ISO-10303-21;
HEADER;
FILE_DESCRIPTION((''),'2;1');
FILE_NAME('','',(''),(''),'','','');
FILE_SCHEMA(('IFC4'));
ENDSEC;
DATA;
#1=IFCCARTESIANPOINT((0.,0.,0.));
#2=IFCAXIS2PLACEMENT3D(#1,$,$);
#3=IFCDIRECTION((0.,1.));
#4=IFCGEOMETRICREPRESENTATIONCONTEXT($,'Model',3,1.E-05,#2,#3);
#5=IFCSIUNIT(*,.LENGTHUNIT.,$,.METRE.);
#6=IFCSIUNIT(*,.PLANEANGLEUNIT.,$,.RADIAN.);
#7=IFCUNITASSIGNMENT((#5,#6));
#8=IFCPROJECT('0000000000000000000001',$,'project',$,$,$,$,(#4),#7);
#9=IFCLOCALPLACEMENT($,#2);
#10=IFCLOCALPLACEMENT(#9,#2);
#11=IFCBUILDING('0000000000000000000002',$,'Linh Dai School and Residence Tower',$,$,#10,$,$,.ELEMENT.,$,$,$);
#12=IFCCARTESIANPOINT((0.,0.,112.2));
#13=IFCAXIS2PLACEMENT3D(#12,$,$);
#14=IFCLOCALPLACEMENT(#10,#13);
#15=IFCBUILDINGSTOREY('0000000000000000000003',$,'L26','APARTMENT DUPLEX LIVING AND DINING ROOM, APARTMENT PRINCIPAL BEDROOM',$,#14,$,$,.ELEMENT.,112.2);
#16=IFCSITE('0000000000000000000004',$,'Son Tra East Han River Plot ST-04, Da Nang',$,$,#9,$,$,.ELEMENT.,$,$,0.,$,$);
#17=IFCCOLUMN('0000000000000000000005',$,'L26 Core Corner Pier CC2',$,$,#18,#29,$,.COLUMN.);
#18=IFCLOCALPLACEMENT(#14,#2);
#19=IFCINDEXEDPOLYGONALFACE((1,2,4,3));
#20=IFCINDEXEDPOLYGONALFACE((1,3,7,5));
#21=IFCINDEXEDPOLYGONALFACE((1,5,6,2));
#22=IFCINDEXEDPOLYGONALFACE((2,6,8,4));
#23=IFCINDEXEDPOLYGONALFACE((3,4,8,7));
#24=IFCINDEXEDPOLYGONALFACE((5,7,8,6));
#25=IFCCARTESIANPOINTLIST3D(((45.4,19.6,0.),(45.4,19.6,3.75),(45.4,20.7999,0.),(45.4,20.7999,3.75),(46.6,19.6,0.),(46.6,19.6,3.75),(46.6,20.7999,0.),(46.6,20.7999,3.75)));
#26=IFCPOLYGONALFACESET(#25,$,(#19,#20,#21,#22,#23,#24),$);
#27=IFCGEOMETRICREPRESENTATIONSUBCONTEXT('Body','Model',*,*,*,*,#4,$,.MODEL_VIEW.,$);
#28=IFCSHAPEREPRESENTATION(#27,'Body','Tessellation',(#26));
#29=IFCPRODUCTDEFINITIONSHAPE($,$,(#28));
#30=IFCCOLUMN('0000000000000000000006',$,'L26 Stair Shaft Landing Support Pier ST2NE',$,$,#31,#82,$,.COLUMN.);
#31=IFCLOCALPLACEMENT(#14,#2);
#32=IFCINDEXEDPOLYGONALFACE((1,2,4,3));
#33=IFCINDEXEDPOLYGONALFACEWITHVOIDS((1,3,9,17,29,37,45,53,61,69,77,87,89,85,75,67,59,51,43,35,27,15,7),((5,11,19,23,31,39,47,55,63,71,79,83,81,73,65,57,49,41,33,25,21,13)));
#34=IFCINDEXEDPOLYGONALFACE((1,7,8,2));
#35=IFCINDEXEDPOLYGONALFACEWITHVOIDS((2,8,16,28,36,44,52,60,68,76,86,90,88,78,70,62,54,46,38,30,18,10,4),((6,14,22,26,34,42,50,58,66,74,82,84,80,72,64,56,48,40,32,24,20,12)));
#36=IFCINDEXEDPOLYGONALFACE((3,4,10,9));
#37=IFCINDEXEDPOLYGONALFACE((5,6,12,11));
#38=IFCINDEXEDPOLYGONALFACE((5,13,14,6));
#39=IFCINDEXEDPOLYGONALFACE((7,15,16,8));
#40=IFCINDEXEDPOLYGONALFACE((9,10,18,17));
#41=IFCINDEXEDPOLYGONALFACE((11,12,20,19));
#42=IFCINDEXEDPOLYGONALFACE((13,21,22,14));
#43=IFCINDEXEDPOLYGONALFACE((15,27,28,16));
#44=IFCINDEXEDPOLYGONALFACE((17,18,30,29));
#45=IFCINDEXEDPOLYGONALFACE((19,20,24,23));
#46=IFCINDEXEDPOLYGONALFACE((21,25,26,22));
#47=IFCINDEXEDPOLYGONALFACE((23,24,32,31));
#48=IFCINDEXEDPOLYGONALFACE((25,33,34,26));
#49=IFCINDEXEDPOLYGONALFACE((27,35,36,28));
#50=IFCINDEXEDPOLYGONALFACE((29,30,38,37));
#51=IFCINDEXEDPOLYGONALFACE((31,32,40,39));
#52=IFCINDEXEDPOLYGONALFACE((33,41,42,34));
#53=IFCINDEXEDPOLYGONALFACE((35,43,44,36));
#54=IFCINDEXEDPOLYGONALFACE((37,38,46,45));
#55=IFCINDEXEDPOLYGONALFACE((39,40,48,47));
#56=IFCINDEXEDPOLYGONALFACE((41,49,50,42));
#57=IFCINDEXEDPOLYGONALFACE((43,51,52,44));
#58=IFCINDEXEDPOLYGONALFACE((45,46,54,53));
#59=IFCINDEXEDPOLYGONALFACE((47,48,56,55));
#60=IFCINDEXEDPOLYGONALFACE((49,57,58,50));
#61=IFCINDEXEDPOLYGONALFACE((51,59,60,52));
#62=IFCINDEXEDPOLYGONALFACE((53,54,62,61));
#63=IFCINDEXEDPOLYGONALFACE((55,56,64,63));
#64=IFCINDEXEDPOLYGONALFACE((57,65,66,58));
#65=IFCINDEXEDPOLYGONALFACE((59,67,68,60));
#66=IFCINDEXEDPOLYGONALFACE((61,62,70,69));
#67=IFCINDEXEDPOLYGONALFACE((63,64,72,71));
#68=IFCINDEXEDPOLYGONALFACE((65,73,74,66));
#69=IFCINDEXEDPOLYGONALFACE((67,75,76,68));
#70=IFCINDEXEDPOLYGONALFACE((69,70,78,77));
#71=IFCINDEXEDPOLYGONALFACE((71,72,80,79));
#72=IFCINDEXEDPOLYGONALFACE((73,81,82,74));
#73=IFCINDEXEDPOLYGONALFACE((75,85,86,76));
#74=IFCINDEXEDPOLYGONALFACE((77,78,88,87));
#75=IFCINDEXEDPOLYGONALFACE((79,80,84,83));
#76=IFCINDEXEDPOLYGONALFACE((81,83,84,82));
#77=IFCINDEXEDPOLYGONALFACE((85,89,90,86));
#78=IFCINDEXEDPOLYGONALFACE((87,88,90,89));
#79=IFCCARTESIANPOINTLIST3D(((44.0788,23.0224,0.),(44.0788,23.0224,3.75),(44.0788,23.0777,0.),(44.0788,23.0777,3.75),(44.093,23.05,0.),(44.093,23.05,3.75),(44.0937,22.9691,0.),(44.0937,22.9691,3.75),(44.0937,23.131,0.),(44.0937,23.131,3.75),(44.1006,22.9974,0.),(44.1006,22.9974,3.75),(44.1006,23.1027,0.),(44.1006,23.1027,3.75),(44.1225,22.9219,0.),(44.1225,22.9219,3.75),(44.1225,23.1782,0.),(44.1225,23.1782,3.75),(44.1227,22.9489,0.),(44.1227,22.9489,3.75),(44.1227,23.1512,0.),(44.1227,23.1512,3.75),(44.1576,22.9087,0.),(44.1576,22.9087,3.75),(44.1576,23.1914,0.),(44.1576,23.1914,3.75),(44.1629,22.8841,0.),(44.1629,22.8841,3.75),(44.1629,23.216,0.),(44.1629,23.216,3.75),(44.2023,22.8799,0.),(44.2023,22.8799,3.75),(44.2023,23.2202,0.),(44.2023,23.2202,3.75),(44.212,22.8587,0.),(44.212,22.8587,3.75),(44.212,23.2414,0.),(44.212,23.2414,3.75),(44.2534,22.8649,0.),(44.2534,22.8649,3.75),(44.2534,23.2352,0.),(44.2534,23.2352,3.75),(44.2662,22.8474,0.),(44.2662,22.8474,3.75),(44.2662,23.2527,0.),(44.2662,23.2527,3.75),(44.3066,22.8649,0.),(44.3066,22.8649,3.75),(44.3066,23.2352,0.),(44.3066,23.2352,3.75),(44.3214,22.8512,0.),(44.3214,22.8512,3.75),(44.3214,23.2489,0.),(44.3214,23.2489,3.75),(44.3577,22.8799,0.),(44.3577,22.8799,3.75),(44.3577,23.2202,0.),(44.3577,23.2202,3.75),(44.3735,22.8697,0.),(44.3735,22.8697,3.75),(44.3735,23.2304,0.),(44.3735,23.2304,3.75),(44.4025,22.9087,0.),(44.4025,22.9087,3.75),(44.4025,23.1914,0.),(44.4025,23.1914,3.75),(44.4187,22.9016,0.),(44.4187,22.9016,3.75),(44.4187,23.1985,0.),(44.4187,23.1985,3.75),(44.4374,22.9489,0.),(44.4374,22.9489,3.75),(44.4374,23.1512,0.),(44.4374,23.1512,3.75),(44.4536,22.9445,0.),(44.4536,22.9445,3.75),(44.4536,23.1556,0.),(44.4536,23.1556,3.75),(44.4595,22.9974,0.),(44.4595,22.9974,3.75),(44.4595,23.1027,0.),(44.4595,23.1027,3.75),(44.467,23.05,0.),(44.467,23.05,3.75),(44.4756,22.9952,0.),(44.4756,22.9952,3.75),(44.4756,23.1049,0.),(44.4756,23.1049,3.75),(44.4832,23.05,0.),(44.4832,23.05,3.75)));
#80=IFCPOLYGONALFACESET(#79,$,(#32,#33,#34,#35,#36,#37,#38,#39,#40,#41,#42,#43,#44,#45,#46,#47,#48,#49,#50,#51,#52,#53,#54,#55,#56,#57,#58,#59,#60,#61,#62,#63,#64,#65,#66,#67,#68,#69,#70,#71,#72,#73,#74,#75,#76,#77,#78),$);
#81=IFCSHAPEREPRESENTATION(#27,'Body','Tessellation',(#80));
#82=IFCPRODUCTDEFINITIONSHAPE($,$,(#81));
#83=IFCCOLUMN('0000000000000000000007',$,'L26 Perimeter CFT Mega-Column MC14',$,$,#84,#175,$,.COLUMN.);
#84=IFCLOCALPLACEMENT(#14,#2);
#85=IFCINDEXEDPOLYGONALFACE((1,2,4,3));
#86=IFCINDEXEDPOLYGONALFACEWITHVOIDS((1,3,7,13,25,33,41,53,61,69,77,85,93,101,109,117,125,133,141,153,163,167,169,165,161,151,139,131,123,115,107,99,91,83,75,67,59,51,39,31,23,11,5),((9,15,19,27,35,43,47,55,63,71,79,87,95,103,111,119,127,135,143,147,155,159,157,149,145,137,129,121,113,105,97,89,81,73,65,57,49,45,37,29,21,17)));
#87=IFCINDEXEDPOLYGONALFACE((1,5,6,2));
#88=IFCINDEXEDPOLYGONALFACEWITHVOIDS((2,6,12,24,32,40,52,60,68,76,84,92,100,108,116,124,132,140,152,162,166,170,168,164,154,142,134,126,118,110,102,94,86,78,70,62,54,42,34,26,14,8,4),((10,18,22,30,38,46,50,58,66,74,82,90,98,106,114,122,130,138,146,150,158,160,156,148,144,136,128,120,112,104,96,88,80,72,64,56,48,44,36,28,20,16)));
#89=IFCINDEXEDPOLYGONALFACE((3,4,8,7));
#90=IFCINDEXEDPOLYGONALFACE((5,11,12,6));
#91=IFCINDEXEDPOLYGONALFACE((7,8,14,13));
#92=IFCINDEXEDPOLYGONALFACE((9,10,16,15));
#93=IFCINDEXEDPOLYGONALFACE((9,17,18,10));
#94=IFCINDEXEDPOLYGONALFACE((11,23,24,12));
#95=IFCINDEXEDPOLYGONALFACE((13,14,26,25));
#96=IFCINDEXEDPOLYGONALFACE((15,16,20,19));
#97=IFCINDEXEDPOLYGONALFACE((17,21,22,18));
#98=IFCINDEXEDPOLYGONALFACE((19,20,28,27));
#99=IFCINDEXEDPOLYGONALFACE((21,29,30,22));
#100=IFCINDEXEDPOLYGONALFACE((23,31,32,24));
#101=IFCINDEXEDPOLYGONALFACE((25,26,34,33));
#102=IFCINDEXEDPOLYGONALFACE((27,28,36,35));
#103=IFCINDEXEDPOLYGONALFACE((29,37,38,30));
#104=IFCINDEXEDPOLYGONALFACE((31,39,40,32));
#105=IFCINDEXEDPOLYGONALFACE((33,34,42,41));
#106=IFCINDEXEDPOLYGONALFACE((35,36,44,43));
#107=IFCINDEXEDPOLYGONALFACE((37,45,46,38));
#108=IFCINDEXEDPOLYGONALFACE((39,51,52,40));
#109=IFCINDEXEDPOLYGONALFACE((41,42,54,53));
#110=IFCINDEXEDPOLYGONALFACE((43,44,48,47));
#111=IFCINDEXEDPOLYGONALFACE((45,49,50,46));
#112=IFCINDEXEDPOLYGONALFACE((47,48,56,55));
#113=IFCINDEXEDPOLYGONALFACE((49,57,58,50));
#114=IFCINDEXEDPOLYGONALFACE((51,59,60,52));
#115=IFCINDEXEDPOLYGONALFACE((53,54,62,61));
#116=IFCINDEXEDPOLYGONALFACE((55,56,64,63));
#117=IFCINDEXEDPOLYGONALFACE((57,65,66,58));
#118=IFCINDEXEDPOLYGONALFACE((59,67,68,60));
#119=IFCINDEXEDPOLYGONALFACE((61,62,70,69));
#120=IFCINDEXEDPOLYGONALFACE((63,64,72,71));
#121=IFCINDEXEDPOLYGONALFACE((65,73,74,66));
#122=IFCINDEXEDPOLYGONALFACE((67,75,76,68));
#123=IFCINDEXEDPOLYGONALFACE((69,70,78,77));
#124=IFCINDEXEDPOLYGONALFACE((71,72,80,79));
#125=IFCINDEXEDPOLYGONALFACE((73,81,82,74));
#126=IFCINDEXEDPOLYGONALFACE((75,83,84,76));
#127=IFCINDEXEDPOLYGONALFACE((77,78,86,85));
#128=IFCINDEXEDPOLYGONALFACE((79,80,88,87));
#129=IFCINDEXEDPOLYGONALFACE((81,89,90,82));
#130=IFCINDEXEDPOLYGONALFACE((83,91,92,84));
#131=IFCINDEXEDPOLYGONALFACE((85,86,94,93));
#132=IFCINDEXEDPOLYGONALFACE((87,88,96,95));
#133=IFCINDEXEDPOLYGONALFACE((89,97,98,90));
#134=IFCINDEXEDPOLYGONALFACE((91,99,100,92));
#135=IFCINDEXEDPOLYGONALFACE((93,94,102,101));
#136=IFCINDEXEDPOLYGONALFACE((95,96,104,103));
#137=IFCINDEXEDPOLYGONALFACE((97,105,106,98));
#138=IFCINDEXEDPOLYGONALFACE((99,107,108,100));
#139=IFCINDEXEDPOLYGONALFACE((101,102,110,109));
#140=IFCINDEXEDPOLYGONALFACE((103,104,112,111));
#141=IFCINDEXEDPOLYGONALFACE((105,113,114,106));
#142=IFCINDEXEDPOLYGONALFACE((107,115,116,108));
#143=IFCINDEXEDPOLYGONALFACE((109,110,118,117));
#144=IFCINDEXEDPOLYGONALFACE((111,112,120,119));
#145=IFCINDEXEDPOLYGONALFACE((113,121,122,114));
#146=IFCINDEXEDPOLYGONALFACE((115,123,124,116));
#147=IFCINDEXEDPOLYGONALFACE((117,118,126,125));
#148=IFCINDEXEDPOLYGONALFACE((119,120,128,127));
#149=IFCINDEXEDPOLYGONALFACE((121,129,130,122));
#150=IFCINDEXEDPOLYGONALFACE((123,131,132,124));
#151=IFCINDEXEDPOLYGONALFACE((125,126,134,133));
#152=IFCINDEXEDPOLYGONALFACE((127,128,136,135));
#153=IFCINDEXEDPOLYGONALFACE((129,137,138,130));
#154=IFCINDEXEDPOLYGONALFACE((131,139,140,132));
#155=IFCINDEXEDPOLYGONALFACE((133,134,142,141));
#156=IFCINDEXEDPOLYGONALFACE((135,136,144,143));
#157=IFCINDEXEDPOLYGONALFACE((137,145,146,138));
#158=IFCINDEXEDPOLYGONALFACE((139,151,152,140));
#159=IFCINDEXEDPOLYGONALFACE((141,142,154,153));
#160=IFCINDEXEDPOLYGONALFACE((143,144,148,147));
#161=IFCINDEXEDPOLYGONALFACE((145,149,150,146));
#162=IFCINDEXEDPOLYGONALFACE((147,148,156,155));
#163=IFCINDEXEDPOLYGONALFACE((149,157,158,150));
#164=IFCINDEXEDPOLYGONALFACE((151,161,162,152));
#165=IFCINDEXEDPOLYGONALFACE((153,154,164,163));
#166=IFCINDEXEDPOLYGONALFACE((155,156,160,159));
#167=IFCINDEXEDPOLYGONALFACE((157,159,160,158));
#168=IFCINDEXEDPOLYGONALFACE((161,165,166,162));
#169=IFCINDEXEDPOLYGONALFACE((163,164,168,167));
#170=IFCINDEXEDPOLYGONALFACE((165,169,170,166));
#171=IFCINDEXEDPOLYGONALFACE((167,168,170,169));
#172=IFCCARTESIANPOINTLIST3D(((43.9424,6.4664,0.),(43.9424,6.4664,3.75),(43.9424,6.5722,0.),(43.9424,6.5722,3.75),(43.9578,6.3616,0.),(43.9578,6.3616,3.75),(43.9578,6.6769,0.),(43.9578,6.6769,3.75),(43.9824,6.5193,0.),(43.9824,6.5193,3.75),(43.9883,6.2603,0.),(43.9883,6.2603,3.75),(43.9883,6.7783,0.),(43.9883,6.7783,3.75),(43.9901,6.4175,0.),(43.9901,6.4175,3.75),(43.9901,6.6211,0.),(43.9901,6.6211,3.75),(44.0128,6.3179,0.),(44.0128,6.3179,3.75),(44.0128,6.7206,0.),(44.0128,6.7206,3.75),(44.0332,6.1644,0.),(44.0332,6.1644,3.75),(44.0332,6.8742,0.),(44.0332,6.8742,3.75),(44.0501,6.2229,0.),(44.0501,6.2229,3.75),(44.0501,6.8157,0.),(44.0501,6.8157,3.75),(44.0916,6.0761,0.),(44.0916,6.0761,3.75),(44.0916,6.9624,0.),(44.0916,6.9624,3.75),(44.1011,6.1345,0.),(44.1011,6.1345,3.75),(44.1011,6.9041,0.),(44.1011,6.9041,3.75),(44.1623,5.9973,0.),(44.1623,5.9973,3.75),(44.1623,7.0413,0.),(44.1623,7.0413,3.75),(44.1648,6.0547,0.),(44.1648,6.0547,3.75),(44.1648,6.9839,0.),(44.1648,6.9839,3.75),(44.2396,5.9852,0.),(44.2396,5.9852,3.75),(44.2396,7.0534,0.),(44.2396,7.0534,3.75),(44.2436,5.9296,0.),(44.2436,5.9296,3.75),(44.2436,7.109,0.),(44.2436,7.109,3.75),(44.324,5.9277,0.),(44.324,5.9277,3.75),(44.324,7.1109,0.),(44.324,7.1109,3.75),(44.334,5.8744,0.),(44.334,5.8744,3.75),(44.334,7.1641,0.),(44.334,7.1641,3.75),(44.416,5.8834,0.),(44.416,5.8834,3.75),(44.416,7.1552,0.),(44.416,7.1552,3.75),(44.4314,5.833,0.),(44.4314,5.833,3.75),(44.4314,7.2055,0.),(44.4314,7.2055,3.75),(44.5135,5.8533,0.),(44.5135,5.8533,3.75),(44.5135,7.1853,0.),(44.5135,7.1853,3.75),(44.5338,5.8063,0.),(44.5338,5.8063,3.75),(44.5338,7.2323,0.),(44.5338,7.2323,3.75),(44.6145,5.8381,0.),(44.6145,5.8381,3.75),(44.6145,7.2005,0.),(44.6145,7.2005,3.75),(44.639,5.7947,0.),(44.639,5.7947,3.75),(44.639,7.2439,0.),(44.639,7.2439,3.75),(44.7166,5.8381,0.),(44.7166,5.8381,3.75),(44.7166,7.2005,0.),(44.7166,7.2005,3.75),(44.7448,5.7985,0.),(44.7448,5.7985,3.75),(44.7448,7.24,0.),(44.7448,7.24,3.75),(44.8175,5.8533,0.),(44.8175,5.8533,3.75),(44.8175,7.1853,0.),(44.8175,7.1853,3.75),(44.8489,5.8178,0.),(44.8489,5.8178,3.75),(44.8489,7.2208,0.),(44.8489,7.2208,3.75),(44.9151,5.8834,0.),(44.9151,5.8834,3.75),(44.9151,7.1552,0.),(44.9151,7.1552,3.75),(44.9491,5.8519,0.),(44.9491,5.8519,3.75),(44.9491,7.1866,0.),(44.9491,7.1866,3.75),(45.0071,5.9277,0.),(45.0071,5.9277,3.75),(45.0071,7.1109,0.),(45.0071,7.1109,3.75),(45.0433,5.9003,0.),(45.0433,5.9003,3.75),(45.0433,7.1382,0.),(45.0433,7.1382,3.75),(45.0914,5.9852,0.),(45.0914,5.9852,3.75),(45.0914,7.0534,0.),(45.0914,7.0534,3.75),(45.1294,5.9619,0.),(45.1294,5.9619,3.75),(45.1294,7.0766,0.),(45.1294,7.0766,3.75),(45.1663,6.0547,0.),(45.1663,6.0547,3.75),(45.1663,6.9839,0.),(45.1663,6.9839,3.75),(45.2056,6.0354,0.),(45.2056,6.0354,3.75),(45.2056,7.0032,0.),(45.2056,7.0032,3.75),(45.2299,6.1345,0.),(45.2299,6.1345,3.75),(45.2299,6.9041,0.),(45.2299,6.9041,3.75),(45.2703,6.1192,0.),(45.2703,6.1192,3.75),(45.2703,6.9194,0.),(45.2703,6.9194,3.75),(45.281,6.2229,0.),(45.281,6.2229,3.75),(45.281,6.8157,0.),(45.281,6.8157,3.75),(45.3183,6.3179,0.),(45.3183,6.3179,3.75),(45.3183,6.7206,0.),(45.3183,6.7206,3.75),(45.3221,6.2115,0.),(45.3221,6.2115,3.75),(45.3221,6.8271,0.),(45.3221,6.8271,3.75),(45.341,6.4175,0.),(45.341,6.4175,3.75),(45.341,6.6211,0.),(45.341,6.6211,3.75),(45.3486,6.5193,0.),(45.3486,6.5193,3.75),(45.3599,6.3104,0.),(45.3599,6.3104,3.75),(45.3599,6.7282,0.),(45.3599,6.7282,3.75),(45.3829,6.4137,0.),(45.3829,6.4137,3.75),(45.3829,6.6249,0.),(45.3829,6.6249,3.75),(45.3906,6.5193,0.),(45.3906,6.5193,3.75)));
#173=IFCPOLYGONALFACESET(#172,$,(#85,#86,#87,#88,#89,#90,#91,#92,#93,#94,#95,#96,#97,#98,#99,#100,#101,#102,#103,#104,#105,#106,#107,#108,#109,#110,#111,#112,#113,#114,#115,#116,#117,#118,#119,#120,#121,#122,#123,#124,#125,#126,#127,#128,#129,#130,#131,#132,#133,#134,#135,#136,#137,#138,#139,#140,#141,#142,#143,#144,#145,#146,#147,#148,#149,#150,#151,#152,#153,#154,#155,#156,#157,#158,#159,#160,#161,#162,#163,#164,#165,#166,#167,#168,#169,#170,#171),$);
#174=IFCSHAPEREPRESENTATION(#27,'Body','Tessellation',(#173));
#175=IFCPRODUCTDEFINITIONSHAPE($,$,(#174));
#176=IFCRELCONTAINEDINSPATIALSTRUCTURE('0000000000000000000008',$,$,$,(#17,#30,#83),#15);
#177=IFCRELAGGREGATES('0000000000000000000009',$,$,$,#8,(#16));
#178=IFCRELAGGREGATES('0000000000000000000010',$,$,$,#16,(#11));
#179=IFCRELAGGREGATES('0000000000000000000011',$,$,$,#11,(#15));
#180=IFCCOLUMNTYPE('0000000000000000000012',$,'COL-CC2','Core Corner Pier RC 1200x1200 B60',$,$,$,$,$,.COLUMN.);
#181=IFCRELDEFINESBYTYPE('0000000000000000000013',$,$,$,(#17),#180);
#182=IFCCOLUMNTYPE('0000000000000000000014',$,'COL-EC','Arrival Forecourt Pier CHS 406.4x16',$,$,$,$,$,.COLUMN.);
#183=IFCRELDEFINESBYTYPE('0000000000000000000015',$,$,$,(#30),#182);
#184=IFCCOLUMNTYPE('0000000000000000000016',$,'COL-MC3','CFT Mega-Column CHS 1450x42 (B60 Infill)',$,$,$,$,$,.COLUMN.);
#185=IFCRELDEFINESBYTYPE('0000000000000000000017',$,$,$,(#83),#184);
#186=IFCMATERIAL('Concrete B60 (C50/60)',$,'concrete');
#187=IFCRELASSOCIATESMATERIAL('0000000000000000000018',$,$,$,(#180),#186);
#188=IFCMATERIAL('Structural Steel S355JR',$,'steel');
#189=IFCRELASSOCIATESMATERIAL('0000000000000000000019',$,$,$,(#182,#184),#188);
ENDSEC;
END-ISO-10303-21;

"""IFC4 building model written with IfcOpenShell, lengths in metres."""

from ifc_helpers import new_model, si_unit, direction, frame, origin, origin_2d, place, context, subcontext, project, spatial, rectangle, hollow_circle, extrude, material, material_profile, profile_set, type_object, element, save


model = new_model("IFC4")

# Units and contexts
model_context = context("Model", 3, precision=1e-05, world=origin(), true_north=direction((0.0, 1.0)))
body_context = subcontext(model_context, "Body", "Model", "MODEL_VIEW")
ifc_project = project(units=[si_unit("LENGTHUNIT", "METRE"), si_unit("PLANEANGLEUNIT", "RADIAN")], contexts=[model_context])

# Site, building, storey
site_placement = place(None, origin())
site = spatial("IfcSite", under=ifc_project, at=site_placement, Name="Son Tra East Han River Plot ST-04, Da Nang", CompositionType="ELEMENT", RefElevation=0.0)
building_placement = place(site_placement, origin())
building = spatial("IfcBuilding", under=site, at=building_placement, Name="Linh Dai School and Residence Tower", CompositionType="ELEMENT")
storey_placement = place(building_placement, frame((0.0, 0.0, 112.2)))
storey = spatial("IfcBuildingStorey", under=building, at=storey_placement, Name="L26", Description="APARTMENT DUPLEX LIVING AND DINING ROOM, APARTMENT PRINCIPAL BEDROOM", CompositionType="ELEMENT", Elevation=112.2)

# Columns
ifc_material_1 = material(Name="Concrete B60 (C50/60)", Category="concrete")
ifc_material_profile_1 = material_profile(ifc_material_1, rectangle(XDim=1.2, YDim=1.2, at=origin_2d()), Name="RC 1200x1200")
ifc_profile_set_1 = profile_set([ifc_material_profile_1], Name="Concrete B60 (C50/60)")
column_type_1 = type_object("IfcColumnType", Name="COL-CC2", Description="Core Corner Pier RC 1200x1200 B60", PredefinedType="COLUMN", material=ifc_profile_set_1)
column_1_placement = place(storey_placement, frame((46.0, 20.2, 0.0), z_axis=(0.0, 0.0, 1.0), x_axis=(1.0, 0.0, 0.0)))
element("IfcColumn", 1, at=column_1_placement, inside=storey, type_object=column_type_1, Name="L26 Core Corner Pier CC2", PredefinedType="COLUMN", context=body_context, shape_type="SweptSolid", body=[
    extrude(rectangle(XDim=1.2, YDim=1.2, at=origin_2d()), origin(), (0.0, 0.0, 1.0), 3.75),
])
ifc_material_2 = material(Name="Structural Steel S355JR", Category="steel")
ifc_material_profile_2 = material_profile(ifc_material_2, hollow_circle(Radius=0.2031, WallThickness=0.0161, at=origin_2d()), Name="CHS 406.4x16")
ifc_profile_set_2 = profile_set([ifc_material_profile_2], Name="Structural Steel S355JR")
column_type_2 = type_object("IfcColumnType", Name="COL-EC", Description="Arrival Forecourt Pier CHS 406.4x16", PredefinedType="COLUMN", material=ifc_profile_set_2)
column_2_placement = place(storey_placement, frame((44.28, 23.05, 0.0), z_axis=(0.0, 0.0, 1.0), x_axis=(1.0, 0.0, 0.0)))
element("IfcColumn", 2, at=column_2_placement, inside=storey, type_object=column_type_2, Name="L26 Stair Shaft Landing Support Pier ST2NE", PredefinedType="COLUMN", context=body_context, shape_type="SweptSolid", body=[
    extrude(hollow_circle(Radius=0.2031, WallThickness=0.0161, at=origin_2d()), origin(), (0.0, 0.0, 1.0), 3.75),
])
ifc_material_profile_3 = material_profile(ifc_material_2, hollow_circle(Radius=0.7251, WallThickness=0.042, at=origin_2d()), Name="CHS 1450x42")
ifc_profile_set_3 = profile_set([ifc_material_profile_3], Name="Structural Steel S355JR")
column_type_3 = type_object("IfcColumnType", Name="COL-MC3", Description="CFT Mega-Column CHS 1450x42 (B60 Infill)", PredefinedType="COLUMN", material=ifc_profile_set_3)
column_3_placement = place(storey_placement, frame((44.6655, 6.5193, 0.0), z_axis=(0.0, 0.0, 1.0), x_axis=(1.0, 0.0, 0.0)))
element("IfcColumn", 3, at=column_3_placement, inside=storey, type_object=column_type_3, Name="L26 Perimeter CFT Mega-Column MC14", PredefinedType="COLUMN", context=body_context, shape_type="SweptSolid", body=[
    extrude(hollow_circle(Radius=0.7251, WallThickness=0.042, at=origin_2d()), origin(), (0.0, 0.0, 1.0), 3.75),
])

save(model, "model.ifc")
